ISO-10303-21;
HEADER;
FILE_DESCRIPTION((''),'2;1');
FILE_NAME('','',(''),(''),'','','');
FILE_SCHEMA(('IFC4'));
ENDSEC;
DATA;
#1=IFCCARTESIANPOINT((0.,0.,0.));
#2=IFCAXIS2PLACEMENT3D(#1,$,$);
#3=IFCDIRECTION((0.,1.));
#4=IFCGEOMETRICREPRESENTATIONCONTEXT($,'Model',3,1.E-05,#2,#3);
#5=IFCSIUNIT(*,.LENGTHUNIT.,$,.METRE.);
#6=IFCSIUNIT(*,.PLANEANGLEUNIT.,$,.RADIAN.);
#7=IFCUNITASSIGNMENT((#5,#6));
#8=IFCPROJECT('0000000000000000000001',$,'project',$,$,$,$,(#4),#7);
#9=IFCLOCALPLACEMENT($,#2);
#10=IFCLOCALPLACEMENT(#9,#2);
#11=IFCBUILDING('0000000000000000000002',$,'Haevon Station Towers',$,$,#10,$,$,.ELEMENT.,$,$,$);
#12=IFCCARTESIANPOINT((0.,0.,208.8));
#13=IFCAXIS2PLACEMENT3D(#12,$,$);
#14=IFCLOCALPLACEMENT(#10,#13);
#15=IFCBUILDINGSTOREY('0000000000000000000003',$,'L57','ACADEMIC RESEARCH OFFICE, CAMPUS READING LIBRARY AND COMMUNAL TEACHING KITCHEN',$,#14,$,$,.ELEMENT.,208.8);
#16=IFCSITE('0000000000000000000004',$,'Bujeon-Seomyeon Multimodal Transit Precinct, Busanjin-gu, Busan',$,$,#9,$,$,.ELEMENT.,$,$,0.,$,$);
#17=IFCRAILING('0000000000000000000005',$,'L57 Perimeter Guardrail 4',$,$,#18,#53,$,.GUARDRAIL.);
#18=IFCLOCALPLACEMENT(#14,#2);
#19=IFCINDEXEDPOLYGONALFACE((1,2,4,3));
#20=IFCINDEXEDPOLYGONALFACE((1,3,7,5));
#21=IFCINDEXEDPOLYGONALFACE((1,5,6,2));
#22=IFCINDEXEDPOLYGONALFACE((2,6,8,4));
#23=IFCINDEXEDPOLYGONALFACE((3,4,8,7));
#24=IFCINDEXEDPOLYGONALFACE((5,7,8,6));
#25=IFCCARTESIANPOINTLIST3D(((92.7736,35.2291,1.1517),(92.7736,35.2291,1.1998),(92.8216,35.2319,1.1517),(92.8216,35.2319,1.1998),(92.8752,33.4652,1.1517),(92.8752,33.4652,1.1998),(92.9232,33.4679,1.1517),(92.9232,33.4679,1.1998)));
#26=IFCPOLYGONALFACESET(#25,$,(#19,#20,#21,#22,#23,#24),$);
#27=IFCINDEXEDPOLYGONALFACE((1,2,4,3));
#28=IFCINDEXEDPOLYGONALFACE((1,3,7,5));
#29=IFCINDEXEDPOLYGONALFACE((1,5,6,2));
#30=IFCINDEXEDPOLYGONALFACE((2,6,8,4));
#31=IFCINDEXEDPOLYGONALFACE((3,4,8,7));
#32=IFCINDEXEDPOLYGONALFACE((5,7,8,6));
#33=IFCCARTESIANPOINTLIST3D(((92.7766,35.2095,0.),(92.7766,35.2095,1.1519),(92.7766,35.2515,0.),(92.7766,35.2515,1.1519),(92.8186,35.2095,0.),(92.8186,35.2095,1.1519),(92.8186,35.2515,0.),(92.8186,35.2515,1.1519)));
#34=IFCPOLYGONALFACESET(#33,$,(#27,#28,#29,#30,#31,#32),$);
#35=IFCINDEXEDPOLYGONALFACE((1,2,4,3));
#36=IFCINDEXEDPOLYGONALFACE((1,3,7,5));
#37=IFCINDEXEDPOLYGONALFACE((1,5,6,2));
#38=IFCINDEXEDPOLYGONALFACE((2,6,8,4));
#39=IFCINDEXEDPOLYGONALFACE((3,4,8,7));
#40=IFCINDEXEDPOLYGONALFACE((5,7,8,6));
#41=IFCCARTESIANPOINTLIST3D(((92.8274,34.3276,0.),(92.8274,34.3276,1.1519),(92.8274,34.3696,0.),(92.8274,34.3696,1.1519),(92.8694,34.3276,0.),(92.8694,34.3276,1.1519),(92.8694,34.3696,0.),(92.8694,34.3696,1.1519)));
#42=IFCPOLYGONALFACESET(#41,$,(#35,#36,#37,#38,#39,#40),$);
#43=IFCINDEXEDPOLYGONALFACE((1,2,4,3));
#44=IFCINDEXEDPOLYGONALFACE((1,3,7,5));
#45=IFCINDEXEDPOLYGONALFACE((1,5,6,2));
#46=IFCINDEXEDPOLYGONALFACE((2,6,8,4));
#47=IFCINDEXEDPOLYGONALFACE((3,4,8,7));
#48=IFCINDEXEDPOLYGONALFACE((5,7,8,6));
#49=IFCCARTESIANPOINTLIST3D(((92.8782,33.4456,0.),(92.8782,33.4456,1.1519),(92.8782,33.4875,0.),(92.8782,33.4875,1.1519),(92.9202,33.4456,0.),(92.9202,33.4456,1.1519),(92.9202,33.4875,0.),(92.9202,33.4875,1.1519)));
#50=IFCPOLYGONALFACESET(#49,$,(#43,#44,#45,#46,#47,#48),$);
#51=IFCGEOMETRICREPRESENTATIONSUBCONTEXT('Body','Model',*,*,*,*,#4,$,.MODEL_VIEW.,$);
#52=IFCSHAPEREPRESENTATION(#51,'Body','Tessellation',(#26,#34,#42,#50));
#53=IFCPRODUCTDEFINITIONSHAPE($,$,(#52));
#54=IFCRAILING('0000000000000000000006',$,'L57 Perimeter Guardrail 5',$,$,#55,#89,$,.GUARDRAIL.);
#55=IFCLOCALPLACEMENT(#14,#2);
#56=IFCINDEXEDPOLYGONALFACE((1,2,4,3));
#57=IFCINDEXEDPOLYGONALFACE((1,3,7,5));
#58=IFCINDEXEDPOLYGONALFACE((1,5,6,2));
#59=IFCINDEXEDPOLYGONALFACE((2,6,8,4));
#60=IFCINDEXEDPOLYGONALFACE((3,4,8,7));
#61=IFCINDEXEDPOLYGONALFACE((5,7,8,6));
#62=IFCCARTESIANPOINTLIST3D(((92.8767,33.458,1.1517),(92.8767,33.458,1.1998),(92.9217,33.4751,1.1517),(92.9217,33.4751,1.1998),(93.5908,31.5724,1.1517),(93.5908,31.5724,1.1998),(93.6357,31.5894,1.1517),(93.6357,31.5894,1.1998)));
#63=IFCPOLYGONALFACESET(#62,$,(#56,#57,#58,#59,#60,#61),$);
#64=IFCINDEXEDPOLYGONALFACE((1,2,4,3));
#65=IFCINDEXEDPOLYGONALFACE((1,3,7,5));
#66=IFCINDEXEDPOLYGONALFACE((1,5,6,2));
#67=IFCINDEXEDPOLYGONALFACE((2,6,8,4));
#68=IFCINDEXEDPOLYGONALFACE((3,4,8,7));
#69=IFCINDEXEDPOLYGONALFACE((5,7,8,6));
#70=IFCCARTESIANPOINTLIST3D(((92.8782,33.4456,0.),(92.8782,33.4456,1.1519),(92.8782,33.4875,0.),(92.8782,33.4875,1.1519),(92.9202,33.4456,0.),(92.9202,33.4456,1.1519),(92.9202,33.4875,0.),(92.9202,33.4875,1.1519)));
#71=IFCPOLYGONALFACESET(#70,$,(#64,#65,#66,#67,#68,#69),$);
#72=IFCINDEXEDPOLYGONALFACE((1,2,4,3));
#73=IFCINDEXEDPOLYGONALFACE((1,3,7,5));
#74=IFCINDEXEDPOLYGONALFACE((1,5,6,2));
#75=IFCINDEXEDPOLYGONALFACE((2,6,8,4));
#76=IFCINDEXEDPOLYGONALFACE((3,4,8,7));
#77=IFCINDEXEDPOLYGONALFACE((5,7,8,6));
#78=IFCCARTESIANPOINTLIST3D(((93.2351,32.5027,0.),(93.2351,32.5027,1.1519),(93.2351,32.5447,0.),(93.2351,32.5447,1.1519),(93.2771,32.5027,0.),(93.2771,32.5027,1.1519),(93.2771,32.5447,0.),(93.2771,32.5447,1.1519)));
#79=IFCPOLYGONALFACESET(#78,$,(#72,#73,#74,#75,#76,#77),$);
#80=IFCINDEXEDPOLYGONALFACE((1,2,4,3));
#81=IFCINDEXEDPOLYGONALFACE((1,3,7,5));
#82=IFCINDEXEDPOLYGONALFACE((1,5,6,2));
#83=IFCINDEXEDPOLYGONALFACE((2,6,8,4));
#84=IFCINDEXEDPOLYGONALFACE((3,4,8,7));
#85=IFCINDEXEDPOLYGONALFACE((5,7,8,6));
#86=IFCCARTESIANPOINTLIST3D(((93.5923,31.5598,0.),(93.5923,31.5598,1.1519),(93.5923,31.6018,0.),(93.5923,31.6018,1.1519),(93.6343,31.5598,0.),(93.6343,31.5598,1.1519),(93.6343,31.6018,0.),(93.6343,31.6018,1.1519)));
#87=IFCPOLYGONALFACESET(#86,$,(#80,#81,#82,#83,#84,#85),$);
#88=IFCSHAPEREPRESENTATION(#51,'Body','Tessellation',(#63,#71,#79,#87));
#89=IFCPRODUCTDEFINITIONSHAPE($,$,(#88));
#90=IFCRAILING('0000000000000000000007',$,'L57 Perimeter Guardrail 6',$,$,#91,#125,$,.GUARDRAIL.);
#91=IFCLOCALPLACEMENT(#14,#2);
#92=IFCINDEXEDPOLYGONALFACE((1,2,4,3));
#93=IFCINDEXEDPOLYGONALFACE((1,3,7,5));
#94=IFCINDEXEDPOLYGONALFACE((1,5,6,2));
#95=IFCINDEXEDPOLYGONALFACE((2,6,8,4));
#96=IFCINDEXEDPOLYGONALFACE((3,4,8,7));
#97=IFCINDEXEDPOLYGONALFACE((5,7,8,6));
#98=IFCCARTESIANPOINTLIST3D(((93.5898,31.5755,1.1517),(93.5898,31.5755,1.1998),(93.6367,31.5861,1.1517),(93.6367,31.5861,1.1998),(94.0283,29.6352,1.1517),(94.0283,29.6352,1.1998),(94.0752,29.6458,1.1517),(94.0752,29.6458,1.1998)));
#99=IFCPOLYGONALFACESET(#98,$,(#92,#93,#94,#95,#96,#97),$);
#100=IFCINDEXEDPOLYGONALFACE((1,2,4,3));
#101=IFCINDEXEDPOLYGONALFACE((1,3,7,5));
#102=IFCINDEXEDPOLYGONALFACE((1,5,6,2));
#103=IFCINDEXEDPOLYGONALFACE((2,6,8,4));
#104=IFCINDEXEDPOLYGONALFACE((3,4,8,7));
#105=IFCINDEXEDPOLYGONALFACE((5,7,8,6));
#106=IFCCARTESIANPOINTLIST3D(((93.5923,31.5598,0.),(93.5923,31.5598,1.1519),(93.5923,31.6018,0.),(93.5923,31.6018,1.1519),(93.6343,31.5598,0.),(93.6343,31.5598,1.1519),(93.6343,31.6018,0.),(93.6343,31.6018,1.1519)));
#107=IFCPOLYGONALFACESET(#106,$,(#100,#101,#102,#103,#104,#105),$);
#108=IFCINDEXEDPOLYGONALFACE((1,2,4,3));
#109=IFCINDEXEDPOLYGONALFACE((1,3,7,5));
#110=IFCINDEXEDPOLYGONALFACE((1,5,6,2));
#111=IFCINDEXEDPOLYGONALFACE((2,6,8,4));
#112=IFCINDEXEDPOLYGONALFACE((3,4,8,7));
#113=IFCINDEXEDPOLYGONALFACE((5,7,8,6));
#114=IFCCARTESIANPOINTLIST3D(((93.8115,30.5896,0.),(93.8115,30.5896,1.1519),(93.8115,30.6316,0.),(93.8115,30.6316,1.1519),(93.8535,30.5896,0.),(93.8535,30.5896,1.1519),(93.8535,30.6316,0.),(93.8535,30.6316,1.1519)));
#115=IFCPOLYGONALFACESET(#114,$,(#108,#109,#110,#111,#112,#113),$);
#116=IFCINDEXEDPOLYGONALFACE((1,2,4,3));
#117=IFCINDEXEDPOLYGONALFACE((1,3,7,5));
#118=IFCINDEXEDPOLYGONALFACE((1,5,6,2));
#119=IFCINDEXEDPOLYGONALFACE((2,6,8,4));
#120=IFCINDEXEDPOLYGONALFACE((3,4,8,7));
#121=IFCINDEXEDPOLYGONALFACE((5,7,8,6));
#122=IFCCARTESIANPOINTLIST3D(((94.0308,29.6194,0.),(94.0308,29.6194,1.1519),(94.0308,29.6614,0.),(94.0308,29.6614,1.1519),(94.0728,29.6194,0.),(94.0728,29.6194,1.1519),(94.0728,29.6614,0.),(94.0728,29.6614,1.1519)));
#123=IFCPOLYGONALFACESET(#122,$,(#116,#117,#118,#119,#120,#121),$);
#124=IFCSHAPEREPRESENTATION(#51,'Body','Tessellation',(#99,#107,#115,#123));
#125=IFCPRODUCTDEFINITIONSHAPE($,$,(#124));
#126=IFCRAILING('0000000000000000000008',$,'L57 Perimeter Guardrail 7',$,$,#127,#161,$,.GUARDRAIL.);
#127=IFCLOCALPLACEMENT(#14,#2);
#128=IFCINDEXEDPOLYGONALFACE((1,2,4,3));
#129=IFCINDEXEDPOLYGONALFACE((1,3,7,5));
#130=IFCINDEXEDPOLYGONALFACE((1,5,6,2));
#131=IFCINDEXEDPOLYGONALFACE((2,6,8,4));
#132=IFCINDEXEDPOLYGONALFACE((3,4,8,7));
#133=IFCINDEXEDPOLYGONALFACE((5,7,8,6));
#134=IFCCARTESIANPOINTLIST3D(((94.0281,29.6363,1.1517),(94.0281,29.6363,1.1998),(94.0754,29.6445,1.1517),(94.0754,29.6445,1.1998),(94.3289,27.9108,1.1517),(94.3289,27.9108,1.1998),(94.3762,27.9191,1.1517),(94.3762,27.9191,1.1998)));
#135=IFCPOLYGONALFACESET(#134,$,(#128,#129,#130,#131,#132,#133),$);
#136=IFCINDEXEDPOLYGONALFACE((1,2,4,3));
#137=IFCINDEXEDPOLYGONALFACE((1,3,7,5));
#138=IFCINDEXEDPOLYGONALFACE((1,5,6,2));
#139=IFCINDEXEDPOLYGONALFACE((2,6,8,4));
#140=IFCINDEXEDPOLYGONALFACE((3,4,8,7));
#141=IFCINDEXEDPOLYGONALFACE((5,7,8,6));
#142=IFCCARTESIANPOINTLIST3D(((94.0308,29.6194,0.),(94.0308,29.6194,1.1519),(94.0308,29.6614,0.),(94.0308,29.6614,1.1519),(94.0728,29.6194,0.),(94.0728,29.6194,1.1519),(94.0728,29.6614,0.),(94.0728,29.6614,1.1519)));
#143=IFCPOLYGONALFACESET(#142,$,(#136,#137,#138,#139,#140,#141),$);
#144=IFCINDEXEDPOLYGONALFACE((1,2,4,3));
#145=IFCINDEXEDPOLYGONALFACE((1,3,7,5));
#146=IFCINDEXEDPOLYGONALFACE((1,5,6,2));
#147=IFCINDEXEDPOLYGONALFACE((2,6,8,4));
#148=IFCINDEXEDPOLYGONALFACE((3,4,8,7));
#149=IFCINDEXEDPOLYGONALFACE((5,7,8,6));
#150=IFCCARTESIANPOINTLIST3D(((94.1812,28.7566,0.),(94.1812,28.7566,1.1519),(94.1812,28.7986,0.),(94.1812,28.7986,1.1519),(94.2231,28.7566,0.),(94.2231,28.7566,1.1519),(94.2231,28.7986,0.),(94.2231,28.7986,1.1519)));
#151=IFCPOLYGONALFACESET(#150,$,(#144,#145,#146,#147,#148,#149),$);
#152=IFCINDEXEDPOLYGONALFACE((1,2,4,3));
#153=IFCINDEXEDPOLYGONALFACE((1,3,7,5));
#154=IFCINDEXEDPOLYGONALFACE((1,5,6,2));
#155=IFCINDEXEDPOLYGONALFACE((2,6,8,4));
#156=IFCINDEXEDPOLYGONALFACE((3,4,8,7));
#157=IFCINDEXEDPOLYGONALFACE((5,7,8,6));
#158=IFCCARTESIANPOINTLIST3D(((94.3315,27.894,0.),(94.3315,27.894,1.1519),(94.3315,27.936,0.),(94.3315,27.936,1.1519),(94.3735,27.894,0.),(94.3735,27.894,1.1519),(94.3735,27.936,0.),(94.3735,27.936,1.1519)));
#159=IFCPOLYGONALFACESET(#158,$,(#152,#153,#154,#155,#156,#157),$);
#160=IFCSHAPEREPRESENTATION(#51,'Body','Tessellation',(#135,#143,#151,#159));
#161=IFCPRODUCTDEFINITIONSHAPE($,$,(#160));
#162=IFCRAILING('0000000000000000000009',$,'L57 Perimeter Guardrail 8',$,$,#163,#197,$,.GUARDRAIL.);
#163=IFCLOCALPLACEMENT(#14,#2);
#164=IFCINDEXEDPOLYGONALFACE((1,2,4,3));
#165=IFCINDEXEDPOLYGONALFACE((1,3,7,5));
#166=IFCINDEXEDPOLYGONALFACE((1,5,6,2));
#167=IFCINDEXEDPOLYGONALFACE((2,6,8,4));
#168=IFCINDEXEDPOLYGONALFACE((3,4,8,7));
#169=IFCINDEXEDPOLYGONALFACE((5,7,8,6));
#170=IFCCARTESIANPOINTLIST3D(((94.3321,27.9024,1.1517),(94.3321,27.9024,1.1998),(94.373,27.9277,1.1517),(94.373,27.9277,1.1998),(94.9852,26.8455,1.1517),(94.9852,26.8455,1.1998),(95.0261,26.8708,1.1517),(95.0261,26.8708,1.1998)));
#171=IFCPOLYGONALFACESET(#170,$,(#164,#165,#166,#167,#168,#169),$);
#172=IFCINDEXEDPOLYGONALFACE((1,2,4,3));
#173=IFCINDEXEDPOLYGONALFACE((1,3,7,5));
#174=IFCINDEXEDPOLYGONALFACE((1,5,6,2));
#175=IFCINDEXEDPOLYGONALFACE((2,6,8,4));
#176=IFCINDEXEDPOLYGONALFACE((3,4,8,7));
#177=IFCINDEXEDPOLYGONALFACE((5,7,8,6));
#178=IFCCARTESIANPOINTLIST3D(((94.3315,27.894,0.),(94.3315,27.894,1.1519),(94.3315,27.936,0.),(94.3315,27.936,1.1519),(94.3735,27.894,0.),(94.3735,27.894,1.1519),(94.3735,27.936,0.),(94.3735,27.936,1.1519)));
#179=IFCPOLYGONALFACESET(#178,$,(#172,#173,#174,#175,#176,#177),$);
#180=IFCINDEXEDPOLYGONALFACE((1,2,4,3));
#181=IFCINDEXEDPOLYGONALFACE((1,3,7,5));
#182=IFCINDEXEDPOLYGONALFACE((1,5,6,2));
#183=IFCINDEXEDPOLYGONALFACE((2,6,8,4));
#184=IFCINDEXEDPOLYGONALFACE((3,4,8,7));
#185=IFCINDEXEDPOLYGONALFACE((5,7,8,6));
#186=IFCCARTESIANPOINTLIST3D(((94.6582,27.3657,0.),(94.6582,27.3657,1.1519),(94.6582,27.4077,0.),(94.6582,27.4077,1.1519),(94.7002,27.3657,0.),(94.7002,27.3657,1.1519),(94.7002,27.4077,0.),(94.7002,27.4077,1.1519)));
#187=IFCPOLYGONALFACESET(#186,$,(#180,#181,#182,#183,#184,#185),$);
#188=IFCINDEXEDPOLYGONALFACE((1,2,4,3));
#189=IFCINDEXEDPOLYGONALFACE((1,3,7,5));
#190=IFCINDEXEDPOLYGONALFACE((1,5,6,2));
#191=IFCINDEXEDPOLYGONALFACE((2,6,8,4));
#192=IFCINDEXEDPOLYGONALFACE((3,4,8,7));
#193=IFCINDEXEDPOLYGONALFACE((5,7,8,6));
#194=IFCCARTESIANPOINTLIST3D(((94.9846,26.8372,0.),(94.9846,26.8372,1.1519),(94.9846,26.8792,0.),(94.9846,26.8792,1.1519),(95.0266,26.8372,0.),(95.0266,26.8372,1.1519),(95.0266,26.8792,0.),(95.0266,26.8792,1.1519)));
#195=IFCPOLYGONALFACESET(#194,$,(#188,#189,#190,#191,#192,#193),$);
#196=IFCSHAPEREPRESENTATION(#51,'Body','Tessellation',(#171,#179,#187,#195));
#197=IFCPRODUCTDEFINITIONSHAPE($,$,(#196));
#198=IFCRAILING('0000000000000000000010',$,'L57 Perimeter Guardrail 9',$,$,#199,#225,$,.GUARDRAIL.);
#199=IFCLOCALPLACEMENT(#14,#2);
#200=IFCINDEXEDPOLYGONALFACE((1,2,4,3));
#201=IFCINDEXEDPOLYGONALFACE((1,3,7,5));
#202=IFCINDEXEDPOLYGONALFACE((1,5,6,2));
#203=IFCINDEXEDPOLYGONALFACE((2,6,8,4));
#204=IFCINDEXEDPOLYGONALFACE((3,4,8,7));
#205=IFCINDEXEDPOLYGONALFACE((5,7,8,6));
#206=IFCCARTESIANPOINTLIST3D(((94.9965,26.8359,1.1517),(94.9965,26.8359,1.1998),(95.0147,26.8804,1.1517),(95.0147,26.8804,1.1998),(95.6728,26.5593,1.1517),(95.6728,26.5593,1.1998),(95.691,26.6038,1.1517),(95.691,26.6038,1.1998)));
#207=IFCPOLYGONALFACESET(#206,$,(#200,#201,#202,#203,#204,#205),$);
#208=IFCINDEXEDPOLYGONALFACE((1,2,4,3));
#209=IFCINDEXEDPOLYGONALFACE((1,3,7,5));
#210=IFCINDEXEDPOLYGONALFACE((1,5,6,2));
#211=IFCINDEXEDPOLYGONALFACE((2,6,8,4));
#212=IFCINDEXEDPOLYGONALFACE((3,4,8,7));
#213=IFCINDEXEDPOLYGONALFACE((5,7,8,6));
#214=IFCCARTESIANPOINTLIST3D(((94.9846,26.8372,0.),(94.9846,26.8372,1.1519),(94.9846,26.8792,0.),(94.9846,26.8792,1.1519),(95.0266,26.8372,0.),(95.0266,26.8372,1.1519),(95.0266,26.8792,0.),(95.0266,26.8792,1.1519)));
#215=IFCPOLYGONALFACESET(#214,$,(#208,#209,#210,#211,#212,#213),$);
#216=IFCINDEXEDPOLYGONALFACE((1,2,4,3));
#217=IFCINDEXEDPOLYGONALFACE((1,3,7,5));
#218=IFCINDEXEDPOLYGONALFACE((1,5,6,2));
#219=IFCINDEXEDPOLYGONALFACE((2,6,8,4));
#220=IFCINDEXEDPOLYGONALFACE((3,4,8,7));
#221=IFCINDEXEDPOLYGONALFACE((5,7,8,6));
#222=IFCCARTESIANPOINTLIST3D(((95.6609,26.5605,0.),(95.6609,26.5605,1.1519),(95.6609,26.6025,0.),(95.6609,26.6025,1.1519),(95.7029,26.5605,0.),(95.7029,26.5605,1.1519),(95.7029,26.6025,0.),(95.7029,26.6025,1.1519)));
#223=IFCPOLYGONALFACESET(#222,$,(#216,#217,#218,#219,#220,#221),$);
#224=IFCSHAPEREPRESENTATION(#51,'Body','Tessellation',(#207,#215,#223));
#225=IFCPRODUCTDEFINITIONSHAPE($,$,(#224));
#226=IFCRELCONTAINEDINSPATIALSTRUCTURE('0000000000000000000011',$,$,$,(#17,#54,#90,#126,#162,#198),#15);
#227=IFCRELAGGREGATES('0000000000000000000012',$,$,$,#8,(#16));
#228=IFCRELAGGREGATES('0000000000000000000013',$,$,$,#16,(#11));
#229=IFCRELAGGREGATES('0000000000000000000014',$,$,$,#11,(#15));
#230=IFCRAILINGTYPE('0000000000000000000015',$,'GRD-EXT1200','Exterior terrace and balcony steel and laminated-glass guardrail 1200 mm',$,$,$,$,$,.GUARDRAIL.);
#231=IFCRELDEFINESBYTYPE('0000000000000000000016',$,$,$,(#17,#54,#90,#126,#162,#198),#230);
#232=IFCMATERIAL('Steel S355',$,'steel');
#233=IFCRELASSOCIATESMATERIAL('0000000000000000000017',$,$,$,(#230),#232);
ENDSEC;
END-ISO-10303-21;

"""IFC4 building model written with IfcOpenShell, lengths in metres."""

from ifc_helpers import new_model, si_unit, direction, frame, origin, origin_2d, place, context, subcontext, project, spatial, rectangle, extrude, material, type_object, element, save


model = new_model("IFC4")

# Units and contexts
model_context = context("Model", 3, precision=1e-05, world=origin(), true_north=direction((0.0, 1.0)))
body_context = subcontext(model_context, "Body", "Model", "MODEL_VIEW")
ifc_project = project(units=[si_unit("LENGTHUNIT", "METRE"), si_unit("PLANEANGLEUNIT", "RADIAN")], contexts=[model_context])

# Site, building, storey
site_placement = place(None, origin())
site = spatial("IfcSite", under=ifc_project, at=site_placement, Name="Bujeon-Seomyeon Multimodal Transit Precinct, Busanjin-gu, Busan", CompositionType="ELEMENT", RefElevation=0.0)
building_placement = place(site_placement, origin())
building = spatial("IfcBuilding", under=site, at=building_placement, Name="Haevon Station Towers", CompositionType="ELEMENT")
storey_placement = place(building_placement, frame((0.0, 0.0, 208.8)))
storey = spatial("IfcBuildingStorey", under=building, at=storey_placement, Name="L57", Description="ACADEMIC RESEARCH OFFICE, CAMPUS READING LIBRARY AND COMMUNAL TEACHING KITCHEN", CompositionType="ELEMENT", Elevation=208.8)

# Shared definitions
ifc_material_1 = material(Name="Steel S355", Category="steel")

# Railings
railing_type = type_object("IfcRailingType", Name="GRD-EXT1200", Description="Exterior terrace and balcony steel and laminated-glass guardrail 1200 mm", PredefinedType="GUARDRAIL", material=ifc_material_1)
railing_1_placement = place(storey_placement, frame((92.7976, 35.2305, 0.0)))
element("IfcRailing", 1, at=railing_1_placement, inside=storey, type_object=railing_type, Name="L57 Perimeter Guardrail 4", PredefinedType="GUARDRAIL", context=body_context, shape_type="SweptSolid", body=[
    extrude(rectangle(XDim=0.0481, YDim=0.0481, at=origin_2d()), frame((0.0, 0.0, 1.1758), z_axis=(0.057483, -0.998347, 0.0), x_axis=(0.998347, 0.057483, 0.0)), (0.0, 0.0, 1.0), 1.7668),
    extrude(rectangle(XDim=0.042, YDim=0.042, at=origin_2d()), origin(), (0.0, 0.0, 1.0), 1.1519),
    extrude(rectangle(XDim=0.042, YDim=0.042, at=origin_2d()), frame((0.0508, -0.8818, 0.0)), (0.0, 0.0, 1.0), 1.1519),
    extrude(rectangle(XDim=0.042, YDim=0.042, at=origin_2d()), frame((0.1016, -1.7639, 0.0)), (0.0, 0.0, 1.0), 1.1519),
])
railing_2_placement = place(storey_placement, frame((92.8992, 33.4666, 0.0)))
element("IfcRailing", 2, at=railing_2_placement, inside=storey, type_object=railing_type, Name="L57 Perimeter Guardrail 5", PredefinedType="GUARDRAIL", context=body_context, shape_type="SweptSolid", body=[
    extrude(rectangle(XDim=0.0481, YDim=0.0481, at=origin_2d()), frame((0.0, 0.0, 1.1758), z_axis=(0.354147, -0.93519, 0.0), x_axis=(0.93519, 0.354147, 0.0)), (0.0, 0.0, 1.0), 2.0164),
    extrude(rectangle(XDim=0.042, YDim=0.042, at=origin_2d()), origin(), (0.0, 0.0, 1.0), 1.1519),
    extrude(rectangle(XDim=0.042, YDim=0.042, at=origin_2d()), frame((0.3569, -0.9429, 0.0)), (0.0, 0.0, 1.0), 1.1519),
    extrude(rectangle(XDim=0.042, YDim=0.042, at=origin_2d()), frame((0.7141, -1.8857, 0.0)), (0.0, 0.0, 1.0), 1.1519),
])
railing_3_placement = place(storey_placement, frame((93.6133, 31.5808, 0.0)))
element("IfcRailing", 3, at=railing_3_placement, inside=storey, type_object=railing_type, Name="L57 Perimeter Guardrail 6", PredefinedType="GUARDRAIL", context=body_context, shape_type="SweptSolid", body=[
    extrude(rectangle(XDim=0.0481, YDim=0.0481, at=origin_2d()), frame((0.0, 0.0, 1.1758), z_axis=(0.220412, -0.975407, 0.0), x_axis=(0.975407, 0.220412, 0.0)), (0.0, 0.0, 1.0), 1.9893),
    extrude(rectangle(XDim=0.042, YDim=0.042, at=origin_2d()), origin(), (0.0, 0.0, 1.0), 1.1519),
    extrude(rectangle(XDim=0.042, YDim=0.042, at=origin_2d()), frame((0.2192, -0.9702, 0.0)), (0.0, 0.0, 1.0), 1.1519),
    extrude(rectangle(XDim=0.042, YDim=0.042, at=origin_2d()), frame((0.4385, -1.9404, 0.0)), (0.0, 0.0, 1.0), 1.1519),
])
railing_4_placement = place(storey_placement, frame((94.0518, 29.6404, 0.0)))
element("IfcRailing", 4, at=railing_4_placement, inside=storey, type_object=railing_type, Name="L57 Perimeter Guardrail 7", PredefinedType="GUARDRAIL", context=body_context, shape_type="SweptSolid", body=[
    extrude(rectangle(XDim=0.0481, YDim=0.0481, at=origin_2d()), frame((0.0, 0.0, 1.1758), z_axis=(0.171741, -0.985142, 0.0), x_axis=(0.985142, 0.171741, 0.0)), (0.0, 0.0, 1.0), 1.7515),
    extrude(rectangle(XDim=0.042, YDim=0.042, at=origin_2d()), origin(), (0.0, 0.0, 1.0), 1.1519),
    extrude(rectangle(XDim=0.042, YDim=0.042, at=origin_2d()), frame((0.1504, -0.8628, 0.0)), (0.0, 0.0, 1.0), 1.1519),
    extrude(rectangle(XDim=0.042, YDim=0.042, at=origin_2d()), frame((0.3008, -1.7253, 0.0)), (0.0, 0.0, 1.0), 1.1519),
])
railing_5_placement = place(storey_placement, frame((94.3525, 27.915, 0.0)))
element("IfcRailing", 5, at=railing_5_placement, inside=storey, type_object=railing_type, Name="L57 Perimeter Guardrail 8", PredefinedType="GUARDRAIL", context=body_context, shape_type="SweptSolid", body=[
    extrude(rectangle(XDim=0.0481, YDim=0.0481, at=origin_2d()), frame((0.0, 0.0, 1.1758), z_axis=(0.525664, -0.850692, 0.0), x_axis=(0.850692, 0.525664, 0.0)), (0.0, 0.0, 1.0), 1.2424),
    extrude(rectangle(XDim=0.042, YDim=0.042, at=origin_2d()), origin(), (0.0, 0.0, 1.0), 1.1519),
    extrude(rectangle(XDim=0.042, YDim=0.042, at=origin_2d()), frame((0.3267, -0.5283, 0.0)), (0.0, 0.0, 1.0), 1.1519),
    extrude(rectangle(XDim=0.042, YDim=0.042, at=origin_2d()), frame((0.6531, -1.0569, 0.0)), (0.0, 0.0, 1.0), 1.1519),
])
railing_6_placement = place(storey_placement, frame((95.0056, 26.8582, 0.0)))
element("IfcRailing", 6, at=railing_6_placement, inside=storey, type_object=railing_type, Name="L57 Perimeter Guardrail 9", PredefinedType="GUARDRAIL", context=body_context, shape_type="SweptSolid", body=[
    extrude(rectangle(XDim=0.0481, YDim=0.0481, at=origin_2d()), frame((0.0, 0.0, 1.1758), z_axis=(0.925568, -0.378581, 0.0), x_axis=(0.378581, 0.925568, 0.0)), (0.0, 0.0, 1.0), 0.7307),
    extrude(rectangle(XDim=0.042, YDim=0.042, at=origin_2d()), origin(), (0.0, 0.0, 1.0), 1.1519),
    extrude(rectangle(XDim=0.042, YDim=0.042, at=origin_2d()), frame((0.6763, -0.2766, 0.0)), (0.0, 0.0, 1.0), 1.1519),
])

save(model, "model.ifc")
